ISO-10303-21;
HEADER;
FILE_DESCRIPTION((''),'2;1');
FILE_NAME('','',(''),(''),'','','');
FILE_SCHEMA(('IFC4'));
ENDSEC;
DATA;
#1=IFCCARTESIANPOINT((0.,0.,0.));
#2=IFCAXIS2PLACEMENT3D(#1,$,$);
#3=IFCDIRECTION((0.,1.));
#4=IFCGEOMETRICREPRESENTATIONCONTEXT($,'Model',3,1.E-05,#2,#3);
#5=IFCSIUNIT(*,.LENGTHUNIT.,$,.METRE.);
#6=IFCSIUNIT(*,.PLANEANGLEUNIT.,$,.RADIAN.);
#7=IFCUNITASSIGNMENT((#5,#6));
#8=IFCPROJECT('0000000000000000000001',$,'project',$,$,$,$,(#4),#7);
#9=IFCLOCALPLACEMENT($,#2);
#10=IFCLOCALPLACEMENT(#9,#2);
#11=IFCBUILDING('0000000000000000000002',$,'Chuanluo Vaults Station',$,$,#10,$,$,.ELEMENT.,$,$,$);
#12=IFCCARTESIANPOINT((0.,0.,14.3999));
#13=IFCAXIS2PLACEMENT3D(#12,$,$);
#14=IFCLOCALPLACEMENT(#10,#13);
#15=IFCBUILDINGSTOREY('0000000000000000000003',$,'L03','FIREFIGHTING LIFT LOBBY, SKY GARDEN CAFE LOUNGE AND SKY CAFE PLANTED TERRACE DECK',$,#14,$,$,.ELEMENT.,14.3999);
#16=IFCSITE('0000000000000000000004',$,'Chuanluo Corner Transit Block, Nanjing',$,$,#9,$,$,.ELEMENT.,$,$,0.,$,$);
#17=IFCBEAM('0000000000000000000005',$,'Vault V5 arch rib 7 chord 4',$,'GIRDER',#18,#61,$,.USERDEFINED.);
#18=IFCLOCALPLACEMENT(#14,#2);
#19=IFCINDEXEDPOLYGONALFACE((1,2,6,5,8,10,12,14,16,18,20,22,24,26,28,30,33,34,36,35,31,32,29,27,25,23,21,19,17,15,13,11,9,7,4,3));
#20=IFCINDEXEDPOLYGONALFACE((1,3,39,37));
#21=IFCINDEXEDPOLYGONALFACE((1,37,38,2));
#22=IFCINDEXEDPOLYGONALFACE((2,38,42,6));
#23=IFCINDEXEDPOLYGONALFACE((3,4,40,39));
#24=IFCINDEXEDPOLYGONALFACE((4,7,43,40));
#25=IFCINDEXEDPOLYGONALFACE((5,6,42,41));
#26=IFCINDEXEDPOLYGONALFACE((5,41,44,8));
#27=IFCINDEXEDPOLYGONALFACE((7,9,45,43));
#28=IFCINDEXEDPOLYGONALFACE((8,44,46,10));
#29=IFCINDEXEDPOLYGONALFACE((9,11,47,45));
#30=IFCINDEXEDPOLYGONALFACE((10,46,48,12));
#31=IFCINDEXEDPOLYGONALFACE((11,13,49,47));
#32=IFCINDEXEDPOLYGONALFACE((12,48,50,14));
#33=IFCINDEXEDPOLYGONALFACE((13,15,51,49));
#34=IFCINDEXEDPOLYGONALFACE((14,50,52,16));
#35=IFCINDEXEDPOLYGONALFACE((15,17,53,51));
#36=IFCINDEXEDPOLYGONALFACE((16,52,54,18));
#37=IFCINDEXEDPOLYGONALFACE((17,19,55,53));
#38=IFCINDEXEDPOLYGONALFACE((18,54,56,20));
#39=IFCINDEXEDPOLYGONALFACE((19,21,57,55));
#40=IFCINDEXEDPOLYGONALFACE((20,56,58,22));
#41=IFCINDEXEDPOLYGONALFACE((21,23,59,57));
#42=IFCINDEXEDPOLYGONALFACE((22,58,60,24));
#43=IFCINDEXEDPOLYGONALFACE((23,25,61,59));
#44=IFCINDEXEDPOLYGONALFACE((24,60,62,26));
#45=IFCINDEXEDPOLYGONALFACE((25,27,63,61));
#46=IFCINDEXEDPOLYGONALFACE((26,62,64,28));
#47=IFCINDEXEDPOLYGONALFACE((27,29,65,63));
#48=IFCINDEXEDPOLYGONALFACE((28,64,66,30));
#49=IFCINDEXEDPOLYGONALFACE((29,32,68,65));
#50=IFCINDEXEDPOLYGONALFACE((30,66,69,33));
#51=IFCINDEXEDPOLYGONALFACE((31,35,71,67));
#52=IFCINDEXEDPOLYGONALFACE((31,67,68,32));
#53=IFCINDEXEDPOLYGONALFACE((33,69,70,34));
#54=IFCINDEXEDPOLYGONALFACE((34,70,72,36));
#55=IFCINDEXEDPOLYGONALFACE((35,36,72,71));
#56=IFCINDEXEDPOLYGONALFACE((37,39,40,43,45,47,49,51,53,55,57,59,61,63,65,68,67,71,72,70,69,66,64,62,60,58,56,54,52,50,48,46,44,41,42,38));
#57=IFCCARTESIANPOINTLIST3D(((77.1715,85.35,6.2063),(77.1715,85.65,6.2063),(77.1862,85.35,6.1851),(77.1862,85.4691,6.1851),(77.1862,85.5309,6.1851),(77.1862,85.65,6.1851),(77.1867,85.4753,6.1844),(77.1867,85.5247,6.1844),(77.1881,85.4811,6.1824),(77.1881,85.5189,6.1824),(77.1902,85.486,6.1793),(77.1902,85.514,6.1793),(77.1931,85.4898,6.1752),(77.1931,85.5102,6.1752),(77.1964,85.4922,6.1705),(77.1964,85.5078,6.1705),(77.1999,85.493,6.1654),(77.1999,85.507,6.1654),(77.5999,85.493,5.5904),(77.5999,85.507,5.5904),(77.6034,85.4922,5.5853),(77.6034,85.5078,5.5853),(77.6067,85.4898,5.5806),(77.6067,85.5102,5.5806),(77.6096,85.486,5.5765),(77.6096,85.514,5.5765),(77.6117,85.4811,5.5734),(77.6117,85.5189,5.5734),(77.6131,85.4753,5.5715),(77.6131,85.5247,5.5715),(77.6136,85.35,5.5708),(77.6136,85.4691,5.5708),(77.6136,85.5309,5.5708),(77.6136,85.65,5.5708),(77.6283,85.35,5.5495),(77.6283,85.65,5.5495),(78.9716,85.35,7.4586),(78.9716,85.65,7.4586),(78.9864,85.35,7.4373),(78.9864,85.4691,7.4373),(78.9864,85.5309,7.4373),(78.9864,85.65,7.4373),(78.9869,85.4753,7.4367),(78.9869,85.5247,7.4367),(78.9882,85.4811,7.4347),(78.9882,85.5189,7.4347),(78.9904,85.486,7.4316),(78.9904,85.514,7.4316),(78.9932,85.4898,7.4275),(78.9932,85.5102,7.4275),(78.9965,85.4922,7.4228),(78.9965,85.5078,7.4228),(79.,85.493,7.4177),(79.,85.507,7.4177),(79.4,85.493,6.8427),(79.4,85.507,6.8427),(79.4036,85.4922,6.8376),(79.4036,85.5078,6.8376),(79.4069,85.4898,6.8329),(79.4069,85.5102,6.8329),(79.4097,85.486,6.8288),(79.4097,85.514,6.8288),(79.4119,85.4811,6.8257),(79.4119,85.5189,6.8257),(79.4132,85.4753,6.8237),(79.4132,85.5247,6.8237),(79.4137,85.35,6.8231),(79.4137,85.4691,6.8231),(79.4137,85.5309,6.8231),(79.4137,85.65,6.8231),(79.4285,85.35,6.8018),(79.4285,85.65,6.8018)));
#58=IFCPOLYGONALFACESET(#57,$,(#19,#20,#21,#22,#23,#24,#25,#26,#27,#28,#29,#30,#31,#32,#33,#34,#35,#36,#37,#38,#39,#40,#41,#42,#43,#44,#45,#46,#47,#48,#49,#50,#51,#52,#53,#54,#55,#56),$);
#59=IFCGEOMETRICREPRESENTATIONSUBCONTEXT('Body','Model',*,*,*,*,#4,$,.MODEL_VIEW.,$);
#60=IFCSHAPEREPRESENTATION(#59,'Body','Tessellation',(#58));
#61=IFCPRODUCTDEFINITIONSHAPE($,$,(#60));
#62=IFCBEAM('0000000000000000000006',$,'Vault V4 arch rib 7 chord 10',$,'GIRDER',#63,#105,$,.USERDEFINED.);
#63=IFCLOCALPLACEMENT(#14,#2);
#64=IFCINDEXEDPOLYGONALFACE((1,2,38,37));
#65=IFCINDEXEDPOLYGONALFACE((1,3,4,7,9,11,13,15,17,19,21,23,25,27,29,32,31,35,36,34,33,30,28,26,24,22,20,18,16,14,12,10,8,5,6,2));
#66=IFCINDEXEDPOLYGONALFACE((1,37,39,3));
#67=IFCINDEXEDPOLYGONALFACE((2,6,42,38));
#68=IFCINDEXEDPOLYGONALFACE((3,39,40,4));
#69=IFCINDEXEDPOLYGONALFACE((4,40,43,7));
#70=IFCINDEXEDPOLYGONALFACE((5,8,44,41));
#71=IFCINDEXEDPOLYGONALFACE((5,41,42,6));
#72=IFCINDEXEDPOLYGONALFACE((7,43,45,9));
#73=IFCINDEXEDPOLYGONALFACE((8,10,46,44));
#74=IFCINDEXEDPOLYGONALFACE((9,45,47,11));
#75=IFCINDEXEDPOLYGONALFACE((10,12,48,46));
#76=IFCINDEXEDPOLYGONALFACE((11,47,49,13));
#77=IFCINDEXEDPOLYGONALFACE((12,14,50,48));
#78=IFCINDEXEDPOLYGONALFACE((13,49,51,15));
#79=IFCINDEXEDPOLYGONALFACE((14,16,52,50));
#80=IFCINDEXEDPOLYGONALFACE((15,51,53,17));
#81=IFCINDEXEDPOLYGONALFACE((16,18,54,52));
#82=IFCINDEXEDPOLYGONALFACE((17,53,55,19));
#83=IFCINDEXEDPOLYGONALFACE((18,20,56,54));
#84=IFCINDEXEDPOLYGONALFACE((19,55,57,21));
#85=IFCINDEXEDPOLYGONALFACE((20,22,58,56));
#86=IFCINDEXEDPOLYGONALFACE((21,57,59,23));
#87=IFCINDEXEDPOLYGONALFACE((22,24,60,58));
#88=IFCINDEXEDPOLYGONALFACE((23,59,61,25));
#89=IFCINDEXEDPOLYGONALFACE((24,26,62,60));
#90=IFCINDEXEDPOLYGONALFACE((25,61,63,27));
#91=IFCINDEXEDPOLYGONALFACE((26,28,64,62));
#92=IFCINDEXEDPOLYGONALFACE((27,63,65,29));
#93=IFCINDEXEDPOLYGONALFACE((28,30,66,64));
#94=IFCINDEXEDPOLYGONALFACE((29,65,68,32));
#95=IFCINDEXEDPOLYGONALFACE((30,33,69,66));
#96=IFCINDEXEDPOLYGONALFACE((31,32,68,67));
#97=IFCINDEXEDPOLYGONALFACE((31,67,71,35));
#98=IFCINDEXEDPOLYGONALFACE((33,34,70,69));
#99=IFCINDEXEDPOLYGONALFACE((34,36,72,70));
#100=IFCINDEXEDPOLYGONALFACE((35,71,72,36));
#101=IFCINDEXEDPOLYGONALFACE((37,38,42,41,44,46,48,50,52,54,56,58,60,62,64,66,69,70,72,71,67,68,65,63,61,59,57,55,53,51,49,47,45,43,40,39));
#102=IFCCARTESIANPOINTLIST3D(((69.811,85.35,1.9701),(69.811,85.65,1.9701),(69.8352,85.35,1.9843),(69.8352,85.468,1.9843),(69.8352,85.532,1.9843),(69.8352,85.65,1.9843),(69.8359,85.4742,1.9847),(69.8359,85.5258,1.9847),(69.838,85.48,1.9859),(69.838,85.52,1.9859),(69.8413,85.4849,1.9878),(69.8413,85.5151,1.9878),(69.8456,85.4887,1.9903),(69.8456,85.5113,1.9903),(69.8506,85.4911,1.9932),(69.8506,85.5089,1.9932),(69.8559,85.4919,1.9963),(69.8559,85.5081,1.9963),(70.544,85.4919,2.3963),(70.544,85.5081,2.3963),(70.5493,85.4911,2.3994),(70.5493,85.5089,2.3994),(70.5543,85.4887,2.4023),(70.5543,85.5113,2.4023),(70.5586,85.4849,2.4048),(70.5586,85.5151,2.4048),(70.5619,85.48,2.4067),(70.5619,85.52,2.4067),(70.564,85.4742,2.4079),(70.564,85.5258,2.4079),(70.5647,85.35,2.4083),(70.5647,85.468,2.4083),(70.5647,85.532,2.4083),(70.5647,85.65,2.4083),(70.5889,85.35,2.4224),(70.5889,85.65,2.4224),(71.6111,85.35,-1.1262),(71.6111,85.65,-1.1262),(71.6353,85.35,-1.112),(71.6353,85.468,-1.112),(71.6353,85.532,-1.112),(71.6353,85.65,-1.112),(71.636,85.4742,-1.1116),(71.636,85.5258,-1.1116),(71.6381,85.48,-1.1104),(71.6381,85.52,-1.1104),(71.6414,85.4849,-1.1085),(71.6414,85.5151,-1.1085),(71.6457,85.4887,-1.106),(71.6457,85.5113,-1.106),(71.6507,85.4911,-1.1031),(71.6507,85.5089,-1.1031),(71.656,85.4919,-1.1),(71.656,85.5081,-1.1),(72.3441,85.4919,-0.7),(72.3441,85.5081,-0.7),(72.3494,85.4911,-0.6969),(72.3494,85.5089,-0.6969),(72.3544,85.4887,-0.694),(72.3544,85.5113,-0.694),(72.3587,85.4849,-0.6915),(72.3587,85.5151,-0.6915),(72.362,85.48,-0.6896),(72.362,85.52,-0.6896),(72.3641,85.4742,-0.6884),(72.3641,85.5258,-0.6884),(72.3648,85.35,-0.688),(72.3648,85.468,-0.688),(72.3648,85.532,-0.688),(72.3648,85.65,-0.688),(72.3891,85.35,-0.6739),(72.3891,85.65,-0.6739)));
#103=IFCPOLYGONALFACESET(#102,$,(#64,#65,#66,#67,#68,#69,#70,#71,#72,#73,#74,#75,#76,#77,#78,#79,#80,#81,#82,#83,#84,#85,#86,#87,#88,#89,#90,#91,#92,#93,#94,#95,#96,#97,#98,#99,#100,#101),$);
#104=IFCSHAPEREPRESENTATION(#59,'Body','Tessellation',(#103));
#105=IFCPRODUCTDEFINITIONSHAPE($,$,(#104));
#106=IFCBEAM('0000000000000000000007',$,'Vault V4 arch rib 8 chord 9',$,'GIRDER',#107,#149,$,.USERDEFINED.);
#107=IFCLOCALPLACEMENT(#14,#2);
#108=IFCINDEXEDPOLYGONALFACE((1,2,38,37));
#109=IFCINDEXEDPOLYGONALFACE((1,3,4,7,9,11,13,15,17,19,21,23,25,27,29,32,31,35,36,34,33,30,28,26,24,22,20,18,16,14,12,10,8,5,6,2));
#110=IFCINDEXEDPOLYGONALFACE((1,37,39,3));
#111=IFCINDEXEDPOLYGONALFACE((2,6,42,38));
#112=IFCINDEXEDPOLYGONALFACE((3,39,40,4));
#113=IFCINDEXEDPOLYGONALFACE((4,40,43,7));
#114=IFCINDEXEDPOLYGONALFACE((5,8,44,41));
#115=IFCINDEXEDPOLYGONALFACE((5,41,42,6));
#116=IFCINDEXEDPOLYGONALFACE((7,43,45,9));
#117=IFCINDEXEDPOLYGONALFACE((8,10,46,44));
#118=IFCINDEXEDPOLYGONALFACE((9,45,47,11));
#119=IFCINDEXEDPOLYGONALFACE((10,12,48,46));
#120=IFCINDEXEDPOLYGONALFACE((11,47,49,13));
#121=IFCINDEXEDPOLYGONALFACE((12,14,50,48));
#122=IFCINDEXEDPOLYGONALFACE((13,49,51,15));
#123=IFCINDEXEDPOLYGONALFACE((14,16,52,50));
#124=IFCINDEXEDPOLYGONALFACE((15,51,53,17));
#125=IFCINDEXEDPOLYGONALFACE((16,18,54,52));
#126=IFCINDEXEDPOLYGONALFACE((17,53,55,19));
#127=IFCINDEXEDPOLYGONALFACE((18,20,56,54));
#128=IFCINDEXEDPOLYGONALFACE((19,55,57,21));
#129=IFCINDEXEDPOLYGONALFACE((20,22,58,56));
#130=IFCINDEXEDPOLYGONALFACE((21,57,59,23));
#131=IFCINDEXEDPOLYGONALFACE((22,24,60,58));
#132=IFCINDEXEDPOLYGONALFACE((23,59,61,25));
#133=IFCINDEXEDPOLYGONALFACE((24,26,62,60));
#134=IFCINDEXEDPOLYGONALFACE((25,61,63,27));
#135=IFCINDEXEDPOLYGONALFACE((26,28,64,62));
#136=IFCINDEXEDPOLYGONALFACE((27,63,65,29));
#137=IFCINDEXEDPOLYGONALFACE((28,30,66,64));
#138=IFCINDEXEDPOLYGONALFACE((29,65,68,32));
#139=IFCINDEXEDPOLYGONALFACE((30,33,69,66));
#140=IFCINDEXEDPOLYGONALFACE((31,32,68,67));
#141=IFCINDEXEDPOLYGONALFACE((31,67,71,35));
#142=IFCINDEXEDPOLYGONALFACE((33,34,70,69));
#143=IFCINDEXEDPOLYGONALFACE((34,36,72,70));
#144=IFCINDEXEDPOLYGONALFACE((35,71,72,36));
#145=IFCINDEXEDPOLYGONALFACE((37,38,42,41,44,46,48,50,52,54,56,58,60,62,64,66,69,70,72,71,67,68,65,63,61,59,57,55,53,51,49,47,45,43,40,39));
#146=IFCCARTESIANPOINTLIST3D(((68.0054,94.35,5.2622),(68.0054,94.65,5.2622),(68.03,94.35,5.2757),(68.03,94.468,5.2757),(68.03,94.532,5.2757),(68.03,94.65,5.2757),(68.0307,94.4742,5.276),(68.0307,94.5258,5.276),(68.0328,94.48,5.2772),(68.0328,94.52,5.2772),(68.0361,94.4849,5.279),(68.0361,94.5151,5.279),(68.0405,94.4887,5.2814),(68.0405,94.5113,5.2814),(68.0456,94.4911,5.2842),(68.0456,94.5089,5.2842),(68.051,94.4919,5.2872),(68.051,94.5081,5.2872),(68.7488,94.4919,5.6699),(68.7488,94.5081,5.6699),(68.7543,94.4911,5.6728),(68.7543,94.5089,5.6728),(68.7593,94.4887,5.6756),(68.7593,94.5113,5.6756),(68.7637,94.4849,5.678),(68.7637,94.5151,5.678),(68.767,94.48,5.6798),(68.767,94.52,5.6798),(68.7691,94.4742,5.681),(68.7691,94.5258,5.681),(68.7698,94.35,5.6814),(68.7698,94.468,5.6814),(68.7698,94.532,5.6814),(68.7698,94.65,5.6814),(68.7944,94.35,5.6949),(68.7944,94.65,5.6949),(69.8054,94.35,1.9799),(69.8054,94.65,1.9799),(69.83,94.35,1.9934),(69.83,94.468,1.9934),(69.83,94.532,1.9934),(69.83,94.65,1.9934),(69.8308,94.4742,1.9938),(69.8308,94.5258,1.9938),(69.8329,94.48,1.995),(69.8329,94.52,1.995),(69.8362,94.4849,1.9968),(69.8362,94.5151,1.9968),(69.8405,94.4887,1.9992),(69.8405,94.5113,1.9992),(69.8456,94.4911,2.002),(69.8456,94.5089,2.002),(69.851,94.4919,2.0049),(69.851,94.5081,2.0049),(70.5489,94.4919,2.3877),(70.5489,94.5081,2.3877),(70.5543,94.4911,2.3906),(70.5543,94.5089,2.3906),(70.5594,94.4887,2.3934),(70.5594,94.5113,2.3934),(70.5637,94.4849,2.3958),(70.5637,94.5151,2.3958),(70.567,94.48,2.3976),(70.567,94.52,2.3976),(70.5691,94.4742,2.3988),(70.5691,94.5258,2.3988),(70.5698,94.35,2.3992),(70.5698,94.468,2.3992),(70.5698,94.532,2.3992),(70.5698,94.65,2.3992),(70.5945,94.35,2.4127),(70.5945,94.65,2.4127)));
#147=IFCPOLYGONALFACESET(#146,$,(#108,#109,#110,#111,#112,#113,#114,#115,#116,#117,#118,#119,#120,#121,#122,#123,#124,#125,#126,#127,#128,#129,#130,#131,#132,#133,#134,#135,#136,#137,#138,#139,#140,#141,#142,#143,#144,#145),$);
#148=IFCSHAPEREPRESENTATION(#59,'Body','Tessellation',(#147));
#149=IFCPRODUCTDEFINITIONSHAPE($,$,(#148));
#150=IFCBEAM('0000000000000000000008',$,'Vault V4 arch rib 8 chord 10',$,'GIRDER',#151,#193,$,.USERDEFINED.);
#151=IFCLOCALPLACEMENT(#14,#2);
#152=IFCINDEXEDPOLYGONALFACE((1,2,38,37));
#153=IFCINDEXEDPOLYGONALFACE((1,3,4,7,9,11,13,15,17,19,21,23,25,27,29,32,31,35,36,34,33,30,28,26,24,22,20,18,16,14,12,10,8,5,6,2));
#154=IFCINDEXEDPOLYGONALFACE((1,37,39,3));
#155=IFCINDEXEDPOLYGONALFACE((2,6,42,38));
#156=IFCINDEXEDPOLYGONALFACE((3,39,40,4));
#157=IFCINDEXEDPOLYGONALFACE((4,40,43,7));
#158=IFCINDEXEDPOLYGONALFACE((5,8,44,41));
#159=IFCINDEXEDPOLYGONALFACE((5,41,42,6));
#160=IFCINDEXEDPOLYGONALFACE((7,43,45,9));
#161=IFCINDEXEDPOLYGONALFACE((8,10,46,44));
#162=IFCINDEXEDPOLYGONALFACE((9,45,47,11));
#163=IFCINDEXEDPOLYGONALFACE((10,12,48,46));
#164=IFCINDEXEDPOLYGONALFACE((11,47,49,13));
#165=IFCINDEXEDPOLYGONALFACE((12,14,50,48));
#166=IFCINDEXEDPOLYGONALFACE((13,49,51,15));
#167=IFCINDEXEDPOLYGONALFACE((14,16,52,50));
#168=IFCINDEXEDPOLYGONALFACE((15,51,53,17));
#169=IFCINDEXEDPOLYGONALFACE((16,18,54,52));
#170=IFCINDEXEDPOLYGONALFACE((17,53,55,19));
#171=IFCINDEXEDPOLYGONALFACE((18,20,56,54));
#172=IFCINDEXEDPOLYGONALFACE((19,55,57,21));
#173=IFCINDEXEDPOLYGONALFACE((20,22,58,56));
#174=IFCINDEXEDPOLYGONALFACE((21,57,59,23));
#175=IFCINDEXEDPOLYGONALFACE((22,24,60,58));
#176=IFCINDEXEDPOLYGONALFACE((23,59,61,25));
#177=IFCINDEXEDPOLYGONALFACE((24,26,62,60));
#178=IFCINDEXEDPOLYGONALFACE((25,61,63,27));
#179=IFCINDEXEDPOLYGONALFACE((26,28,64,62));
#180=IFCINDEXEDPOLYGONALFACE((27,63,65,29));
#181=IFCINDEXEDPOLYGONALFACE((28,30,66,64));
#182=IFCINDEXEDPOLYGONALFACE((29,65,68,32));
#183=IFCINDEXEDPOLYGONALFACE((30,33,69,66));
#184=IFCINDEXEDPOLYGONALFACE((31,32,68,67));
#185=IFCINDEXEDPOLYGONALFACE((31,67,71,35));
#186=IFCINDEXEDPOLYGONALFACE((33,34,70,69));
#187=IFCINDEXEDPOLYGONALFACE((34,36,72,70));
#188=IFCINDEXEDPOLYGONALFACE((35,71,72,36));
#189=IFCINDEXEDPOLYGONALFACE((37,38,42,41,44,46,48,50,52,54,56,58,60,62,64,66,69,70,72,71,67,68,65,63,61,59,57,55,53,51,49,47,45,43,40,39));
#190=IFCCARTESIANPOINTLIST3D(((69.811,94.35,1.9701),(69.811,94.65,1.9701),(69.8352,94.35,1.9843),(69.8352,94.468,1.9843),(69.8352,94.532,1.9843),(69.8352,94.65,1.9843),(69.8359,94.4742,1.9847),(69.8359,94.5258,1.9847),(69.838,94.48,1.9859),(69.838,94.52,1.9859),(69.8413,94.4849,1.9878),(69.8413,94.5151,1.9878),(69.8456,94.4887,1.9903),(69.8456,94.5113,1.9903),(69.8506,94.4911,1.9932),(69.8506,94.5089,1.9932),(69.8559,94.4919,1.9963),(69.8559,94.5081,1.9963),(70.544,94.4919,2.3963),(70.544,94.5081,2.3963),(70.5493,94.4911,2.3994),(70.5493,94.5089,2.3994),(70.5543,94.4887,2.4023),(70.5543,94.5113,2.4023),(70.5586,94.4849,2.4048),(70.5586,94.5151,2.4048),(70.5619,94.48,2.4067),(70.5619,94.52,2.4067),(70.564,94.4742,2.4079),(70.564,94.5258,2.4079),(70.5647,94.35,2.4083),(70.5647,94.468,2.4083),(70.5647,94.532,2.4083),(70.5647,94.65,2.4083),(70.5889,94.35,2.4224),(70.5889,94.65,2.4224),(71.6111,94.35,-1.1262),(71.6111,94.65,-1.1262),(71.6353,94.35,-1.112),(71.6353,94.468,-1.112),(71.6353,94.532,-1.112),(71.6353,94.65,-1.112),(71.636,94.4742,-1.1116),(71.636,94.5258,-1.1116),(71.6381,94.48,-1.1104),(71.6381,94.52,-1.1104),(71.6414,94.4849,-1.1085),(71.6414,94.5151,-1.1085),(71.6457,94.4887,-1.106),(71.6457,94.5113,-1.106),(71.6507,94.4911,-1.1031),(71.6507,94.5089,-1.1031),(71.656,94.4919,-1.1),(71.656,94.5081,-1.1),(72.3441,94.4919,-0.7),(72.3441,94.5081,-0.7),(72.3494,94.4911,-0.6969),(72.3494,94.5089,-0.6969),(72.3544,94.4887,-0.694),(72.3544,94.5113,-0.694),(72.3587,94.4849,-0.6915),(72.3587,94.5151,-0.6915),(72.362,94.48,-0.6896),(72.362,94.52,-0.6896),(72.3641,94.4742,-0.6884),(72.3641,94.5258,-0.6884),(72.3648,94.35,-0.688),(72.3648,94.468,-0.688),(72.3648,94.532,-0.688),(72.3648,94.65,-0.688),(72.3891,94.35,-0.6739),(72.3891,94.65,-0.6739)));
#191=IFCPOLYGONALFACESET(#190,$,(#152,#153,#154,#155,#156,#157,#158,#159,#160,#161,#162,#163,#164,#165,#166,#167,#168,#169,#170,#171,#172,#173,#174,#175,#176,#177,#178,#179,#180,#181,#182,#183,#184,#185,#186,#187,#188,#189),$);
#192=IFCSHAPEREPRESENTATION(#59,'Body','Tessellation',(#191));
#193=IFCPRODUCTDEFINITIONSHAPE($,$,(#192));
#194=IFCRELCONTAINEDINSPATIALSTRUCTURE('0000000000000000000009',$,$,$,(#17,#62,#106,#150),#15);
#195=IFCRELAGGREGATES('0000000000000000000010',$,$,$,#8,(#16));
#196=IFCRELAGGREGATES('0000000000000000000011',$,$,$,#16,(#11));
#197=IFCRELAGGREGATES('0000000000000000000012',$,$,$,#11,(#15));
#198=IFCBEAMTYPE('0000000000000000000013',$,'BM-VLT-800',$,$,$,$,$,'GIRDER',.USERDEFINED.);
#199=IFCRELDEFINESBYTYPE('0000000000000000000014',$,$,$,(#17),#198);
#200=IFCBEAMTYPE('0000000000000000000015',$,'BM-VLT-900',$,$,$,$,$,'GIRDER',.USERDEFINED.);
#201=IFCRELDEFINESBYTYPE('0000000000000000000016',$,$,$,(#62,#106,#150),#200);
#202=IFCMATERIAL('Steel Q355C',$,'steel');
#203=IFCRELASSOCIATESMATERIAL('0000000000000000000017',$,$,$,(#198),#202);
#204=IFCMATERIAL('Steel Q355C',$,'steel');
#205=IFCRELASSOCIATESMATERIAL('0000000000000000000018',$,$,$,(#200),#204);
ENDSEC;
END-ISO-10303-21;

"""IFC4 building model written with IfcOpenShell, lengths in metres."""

from ifc_helpers import new_model, si_unit, direction, frame, origin, origin_2d, place, context, subcontext, project, spatial, i_section, extrude, material, material_profile, profile_set, type_object, element, save


model = new_model("IFC4")

# Units and contexts
model_context = context("Model", 3, precision=1e-05, world=origin(), true_north=direction((0.0, 1.0)))
body_context = subcontext(model_context, "Body", "Model", "MODEL_VIEW")
ifc_project = project(units=[si_unit("LENGTHUNIT", "METRE"), si_unit("PLANEANGLEUNIT", "RADIAN")], contexts=[model_context])

# Site, building, storey
site_placement = place(None, origin())
site = spatial("IfcSite", under=ifc_project, at=site_placement, Name="Chuanluo Corner Transit Block, Nanjing", CompositionType="ELEMENT", RefElevation=0.0)
building_placement = place(site_placement, origin())
building = spatial("IfcBuilding", under=site, at=building_placement, Name="Chuanluo Vaults Station", CompositionType="ELEMENT")
storey_placement = place(building_placement, frame((0.0, 0.0, 14.3999)))
storey = spatial("IfcBuildingStorey", under=building, at=storey_placement, Name="L03", Description="FIREFIGHTING LIFT LOBBY, SKY GARDEN CAFE LOUNGE AND SKY CAFE PLANTED TERRACE DECK", CompositionType="ELEMENT", Elevation=14.3999)

# Beams
ifc_material_1 = material(Name="Steel Q355C", Category="steel")
ifc_material_profile_1 = material_profile(ifc_material_1, i_section(OverallWidth=0.3, OverallDepth=0.8, WebThickness=0.0139, FlangeThickness=0.0259, FilletRadius=0.0239, at=origin_2d()))
ifc_profile_set_1 = profile_set([ifc_material_profile_1], Name="Steel Q355C")
beam_type_1 = type_object("IfcBeamType", Name="BM-VLT-800", ElementType="GIRDER", PredefinedType="USERDEFINED", material=ifc_profile_set_1)
beam_1_placement = place(storey_placement, frame((77.3999, 85.5, 5.8779), z_axis=(0.820907, 0.0, 0.571061), x_axis=(0.0, 1.0, 0.0)))
element("IfcBeam", 1, at=beam_1_placement, inside=storey, type_object=beam_type_1, Name="Vault V5 arch rib 7 chord 4", ObjectType="GIRDER", PredefinedType="USERDEFINED", context=body_context, shape_type="SweptSolid", body=[
    extrude(i_section(OverallWidth=0.3, OverallDepth=0.8, WebThickness=0.0139, FlangeThickness=0.0259, FilletRadius=0.0239, at=origin_2d()), origin(), (0.0, 0.0, 1.0), 2.1929),
])
ifc_material_2 = material(Name="Steel Q355C", Category="steel")
ifc_material_profile_2 = material_profile(ifc_material_2, i_section(OverallWidth=0.3, OverallDepth=0.8999, WebThickness=0.0161, FlangeThickness=0.0281, FilletRadius=0.0239, at=origin_2d()))
ifc_profile_set_2 = profile_set([ifc_material_profile_2], Name="Steel Q355C")
beam_type_2 = type_object("IfcBeamType", Name="BM-VLT-900", ElementType="GIRDER", PredefinedType="USERDEFINED", material=ifc_profile_set_2)
beam_2_placement = place(storey_placement, frame((70.2, 85.5, 2.1963), z_axis=(0.502607, 0.0, -0.864515), x_axis=(0.0, 1.0, 0.0)))
element("IfcBeam", 2, at=beam_2_placement, inside=storey, type_object=beam_type_2, Name="Vault V4 arch rib 7 chord 10", ObjectType="GIRDER", PredefinedType="USERDEFINED", context=body_context, shape_type="SweptSolid", body=[
    extrude(i_section(OverallWidth=0.3, OverallDepth=0.8999, WebThickness=0.0161, FlangeThickness=0.0281, FilletRadius=0.0239, at=origin_2d()), origin(), (0.0, 0.0, 1.0), 3.5815),
])
beam_3_placement = place(storey_placement, frame((68.3999, 94.5, 5.4785), z_axis=(0.480857, 0.0, -0.876799), x_axis=(0.0, 1.0, 0.0)))
element("IfcBeam", 3, at=beam_3_placement, inside=storey, type_object=beam_type_2, Name="Vault V4 arch rib 8 chord 9", ObjectType="GIRDER", PredefinedType="USERDEFINED", context=body_context, shape_type="SweptSolid", body=[
    extrude(i_section(OverallWidth=0.3, OverallDepth=0.8999, WebThickness=0.0161, FlangeThickness=0.0281, FilletRadius=0.0239, at=origin_2d()), origin(), (0.0, 0.0, 1.0), 3.7434),
])
beam_4_placement = place(storey_placement, frame((70.2, 94.5, 2.1963), z_axis=(0.502607, 0.0, -0.864515), x_axis=(0.0, 1.0, 0.0)))
element("IfcBeam", 4, at=beam_4_placement, inside=storey, type_object=beam_type_2, Name="Vault V4 arch rib 8 chord 10", ObjectType="GIRDER", PredefinedType="USERDEFINED", context=body_context, shape_type="SweptSolid", body=[
    extrude(i_section(OverallWidth=0.3, OverallDepth=0.8999, WebThickness=0.0161, FlangeThickness=0.0281, FilletRadius=0.0239, at=origin_2d()), origin(), (0.0, 0.0, 1.0), 3.5815),
])

save(model, "model.ifc")
